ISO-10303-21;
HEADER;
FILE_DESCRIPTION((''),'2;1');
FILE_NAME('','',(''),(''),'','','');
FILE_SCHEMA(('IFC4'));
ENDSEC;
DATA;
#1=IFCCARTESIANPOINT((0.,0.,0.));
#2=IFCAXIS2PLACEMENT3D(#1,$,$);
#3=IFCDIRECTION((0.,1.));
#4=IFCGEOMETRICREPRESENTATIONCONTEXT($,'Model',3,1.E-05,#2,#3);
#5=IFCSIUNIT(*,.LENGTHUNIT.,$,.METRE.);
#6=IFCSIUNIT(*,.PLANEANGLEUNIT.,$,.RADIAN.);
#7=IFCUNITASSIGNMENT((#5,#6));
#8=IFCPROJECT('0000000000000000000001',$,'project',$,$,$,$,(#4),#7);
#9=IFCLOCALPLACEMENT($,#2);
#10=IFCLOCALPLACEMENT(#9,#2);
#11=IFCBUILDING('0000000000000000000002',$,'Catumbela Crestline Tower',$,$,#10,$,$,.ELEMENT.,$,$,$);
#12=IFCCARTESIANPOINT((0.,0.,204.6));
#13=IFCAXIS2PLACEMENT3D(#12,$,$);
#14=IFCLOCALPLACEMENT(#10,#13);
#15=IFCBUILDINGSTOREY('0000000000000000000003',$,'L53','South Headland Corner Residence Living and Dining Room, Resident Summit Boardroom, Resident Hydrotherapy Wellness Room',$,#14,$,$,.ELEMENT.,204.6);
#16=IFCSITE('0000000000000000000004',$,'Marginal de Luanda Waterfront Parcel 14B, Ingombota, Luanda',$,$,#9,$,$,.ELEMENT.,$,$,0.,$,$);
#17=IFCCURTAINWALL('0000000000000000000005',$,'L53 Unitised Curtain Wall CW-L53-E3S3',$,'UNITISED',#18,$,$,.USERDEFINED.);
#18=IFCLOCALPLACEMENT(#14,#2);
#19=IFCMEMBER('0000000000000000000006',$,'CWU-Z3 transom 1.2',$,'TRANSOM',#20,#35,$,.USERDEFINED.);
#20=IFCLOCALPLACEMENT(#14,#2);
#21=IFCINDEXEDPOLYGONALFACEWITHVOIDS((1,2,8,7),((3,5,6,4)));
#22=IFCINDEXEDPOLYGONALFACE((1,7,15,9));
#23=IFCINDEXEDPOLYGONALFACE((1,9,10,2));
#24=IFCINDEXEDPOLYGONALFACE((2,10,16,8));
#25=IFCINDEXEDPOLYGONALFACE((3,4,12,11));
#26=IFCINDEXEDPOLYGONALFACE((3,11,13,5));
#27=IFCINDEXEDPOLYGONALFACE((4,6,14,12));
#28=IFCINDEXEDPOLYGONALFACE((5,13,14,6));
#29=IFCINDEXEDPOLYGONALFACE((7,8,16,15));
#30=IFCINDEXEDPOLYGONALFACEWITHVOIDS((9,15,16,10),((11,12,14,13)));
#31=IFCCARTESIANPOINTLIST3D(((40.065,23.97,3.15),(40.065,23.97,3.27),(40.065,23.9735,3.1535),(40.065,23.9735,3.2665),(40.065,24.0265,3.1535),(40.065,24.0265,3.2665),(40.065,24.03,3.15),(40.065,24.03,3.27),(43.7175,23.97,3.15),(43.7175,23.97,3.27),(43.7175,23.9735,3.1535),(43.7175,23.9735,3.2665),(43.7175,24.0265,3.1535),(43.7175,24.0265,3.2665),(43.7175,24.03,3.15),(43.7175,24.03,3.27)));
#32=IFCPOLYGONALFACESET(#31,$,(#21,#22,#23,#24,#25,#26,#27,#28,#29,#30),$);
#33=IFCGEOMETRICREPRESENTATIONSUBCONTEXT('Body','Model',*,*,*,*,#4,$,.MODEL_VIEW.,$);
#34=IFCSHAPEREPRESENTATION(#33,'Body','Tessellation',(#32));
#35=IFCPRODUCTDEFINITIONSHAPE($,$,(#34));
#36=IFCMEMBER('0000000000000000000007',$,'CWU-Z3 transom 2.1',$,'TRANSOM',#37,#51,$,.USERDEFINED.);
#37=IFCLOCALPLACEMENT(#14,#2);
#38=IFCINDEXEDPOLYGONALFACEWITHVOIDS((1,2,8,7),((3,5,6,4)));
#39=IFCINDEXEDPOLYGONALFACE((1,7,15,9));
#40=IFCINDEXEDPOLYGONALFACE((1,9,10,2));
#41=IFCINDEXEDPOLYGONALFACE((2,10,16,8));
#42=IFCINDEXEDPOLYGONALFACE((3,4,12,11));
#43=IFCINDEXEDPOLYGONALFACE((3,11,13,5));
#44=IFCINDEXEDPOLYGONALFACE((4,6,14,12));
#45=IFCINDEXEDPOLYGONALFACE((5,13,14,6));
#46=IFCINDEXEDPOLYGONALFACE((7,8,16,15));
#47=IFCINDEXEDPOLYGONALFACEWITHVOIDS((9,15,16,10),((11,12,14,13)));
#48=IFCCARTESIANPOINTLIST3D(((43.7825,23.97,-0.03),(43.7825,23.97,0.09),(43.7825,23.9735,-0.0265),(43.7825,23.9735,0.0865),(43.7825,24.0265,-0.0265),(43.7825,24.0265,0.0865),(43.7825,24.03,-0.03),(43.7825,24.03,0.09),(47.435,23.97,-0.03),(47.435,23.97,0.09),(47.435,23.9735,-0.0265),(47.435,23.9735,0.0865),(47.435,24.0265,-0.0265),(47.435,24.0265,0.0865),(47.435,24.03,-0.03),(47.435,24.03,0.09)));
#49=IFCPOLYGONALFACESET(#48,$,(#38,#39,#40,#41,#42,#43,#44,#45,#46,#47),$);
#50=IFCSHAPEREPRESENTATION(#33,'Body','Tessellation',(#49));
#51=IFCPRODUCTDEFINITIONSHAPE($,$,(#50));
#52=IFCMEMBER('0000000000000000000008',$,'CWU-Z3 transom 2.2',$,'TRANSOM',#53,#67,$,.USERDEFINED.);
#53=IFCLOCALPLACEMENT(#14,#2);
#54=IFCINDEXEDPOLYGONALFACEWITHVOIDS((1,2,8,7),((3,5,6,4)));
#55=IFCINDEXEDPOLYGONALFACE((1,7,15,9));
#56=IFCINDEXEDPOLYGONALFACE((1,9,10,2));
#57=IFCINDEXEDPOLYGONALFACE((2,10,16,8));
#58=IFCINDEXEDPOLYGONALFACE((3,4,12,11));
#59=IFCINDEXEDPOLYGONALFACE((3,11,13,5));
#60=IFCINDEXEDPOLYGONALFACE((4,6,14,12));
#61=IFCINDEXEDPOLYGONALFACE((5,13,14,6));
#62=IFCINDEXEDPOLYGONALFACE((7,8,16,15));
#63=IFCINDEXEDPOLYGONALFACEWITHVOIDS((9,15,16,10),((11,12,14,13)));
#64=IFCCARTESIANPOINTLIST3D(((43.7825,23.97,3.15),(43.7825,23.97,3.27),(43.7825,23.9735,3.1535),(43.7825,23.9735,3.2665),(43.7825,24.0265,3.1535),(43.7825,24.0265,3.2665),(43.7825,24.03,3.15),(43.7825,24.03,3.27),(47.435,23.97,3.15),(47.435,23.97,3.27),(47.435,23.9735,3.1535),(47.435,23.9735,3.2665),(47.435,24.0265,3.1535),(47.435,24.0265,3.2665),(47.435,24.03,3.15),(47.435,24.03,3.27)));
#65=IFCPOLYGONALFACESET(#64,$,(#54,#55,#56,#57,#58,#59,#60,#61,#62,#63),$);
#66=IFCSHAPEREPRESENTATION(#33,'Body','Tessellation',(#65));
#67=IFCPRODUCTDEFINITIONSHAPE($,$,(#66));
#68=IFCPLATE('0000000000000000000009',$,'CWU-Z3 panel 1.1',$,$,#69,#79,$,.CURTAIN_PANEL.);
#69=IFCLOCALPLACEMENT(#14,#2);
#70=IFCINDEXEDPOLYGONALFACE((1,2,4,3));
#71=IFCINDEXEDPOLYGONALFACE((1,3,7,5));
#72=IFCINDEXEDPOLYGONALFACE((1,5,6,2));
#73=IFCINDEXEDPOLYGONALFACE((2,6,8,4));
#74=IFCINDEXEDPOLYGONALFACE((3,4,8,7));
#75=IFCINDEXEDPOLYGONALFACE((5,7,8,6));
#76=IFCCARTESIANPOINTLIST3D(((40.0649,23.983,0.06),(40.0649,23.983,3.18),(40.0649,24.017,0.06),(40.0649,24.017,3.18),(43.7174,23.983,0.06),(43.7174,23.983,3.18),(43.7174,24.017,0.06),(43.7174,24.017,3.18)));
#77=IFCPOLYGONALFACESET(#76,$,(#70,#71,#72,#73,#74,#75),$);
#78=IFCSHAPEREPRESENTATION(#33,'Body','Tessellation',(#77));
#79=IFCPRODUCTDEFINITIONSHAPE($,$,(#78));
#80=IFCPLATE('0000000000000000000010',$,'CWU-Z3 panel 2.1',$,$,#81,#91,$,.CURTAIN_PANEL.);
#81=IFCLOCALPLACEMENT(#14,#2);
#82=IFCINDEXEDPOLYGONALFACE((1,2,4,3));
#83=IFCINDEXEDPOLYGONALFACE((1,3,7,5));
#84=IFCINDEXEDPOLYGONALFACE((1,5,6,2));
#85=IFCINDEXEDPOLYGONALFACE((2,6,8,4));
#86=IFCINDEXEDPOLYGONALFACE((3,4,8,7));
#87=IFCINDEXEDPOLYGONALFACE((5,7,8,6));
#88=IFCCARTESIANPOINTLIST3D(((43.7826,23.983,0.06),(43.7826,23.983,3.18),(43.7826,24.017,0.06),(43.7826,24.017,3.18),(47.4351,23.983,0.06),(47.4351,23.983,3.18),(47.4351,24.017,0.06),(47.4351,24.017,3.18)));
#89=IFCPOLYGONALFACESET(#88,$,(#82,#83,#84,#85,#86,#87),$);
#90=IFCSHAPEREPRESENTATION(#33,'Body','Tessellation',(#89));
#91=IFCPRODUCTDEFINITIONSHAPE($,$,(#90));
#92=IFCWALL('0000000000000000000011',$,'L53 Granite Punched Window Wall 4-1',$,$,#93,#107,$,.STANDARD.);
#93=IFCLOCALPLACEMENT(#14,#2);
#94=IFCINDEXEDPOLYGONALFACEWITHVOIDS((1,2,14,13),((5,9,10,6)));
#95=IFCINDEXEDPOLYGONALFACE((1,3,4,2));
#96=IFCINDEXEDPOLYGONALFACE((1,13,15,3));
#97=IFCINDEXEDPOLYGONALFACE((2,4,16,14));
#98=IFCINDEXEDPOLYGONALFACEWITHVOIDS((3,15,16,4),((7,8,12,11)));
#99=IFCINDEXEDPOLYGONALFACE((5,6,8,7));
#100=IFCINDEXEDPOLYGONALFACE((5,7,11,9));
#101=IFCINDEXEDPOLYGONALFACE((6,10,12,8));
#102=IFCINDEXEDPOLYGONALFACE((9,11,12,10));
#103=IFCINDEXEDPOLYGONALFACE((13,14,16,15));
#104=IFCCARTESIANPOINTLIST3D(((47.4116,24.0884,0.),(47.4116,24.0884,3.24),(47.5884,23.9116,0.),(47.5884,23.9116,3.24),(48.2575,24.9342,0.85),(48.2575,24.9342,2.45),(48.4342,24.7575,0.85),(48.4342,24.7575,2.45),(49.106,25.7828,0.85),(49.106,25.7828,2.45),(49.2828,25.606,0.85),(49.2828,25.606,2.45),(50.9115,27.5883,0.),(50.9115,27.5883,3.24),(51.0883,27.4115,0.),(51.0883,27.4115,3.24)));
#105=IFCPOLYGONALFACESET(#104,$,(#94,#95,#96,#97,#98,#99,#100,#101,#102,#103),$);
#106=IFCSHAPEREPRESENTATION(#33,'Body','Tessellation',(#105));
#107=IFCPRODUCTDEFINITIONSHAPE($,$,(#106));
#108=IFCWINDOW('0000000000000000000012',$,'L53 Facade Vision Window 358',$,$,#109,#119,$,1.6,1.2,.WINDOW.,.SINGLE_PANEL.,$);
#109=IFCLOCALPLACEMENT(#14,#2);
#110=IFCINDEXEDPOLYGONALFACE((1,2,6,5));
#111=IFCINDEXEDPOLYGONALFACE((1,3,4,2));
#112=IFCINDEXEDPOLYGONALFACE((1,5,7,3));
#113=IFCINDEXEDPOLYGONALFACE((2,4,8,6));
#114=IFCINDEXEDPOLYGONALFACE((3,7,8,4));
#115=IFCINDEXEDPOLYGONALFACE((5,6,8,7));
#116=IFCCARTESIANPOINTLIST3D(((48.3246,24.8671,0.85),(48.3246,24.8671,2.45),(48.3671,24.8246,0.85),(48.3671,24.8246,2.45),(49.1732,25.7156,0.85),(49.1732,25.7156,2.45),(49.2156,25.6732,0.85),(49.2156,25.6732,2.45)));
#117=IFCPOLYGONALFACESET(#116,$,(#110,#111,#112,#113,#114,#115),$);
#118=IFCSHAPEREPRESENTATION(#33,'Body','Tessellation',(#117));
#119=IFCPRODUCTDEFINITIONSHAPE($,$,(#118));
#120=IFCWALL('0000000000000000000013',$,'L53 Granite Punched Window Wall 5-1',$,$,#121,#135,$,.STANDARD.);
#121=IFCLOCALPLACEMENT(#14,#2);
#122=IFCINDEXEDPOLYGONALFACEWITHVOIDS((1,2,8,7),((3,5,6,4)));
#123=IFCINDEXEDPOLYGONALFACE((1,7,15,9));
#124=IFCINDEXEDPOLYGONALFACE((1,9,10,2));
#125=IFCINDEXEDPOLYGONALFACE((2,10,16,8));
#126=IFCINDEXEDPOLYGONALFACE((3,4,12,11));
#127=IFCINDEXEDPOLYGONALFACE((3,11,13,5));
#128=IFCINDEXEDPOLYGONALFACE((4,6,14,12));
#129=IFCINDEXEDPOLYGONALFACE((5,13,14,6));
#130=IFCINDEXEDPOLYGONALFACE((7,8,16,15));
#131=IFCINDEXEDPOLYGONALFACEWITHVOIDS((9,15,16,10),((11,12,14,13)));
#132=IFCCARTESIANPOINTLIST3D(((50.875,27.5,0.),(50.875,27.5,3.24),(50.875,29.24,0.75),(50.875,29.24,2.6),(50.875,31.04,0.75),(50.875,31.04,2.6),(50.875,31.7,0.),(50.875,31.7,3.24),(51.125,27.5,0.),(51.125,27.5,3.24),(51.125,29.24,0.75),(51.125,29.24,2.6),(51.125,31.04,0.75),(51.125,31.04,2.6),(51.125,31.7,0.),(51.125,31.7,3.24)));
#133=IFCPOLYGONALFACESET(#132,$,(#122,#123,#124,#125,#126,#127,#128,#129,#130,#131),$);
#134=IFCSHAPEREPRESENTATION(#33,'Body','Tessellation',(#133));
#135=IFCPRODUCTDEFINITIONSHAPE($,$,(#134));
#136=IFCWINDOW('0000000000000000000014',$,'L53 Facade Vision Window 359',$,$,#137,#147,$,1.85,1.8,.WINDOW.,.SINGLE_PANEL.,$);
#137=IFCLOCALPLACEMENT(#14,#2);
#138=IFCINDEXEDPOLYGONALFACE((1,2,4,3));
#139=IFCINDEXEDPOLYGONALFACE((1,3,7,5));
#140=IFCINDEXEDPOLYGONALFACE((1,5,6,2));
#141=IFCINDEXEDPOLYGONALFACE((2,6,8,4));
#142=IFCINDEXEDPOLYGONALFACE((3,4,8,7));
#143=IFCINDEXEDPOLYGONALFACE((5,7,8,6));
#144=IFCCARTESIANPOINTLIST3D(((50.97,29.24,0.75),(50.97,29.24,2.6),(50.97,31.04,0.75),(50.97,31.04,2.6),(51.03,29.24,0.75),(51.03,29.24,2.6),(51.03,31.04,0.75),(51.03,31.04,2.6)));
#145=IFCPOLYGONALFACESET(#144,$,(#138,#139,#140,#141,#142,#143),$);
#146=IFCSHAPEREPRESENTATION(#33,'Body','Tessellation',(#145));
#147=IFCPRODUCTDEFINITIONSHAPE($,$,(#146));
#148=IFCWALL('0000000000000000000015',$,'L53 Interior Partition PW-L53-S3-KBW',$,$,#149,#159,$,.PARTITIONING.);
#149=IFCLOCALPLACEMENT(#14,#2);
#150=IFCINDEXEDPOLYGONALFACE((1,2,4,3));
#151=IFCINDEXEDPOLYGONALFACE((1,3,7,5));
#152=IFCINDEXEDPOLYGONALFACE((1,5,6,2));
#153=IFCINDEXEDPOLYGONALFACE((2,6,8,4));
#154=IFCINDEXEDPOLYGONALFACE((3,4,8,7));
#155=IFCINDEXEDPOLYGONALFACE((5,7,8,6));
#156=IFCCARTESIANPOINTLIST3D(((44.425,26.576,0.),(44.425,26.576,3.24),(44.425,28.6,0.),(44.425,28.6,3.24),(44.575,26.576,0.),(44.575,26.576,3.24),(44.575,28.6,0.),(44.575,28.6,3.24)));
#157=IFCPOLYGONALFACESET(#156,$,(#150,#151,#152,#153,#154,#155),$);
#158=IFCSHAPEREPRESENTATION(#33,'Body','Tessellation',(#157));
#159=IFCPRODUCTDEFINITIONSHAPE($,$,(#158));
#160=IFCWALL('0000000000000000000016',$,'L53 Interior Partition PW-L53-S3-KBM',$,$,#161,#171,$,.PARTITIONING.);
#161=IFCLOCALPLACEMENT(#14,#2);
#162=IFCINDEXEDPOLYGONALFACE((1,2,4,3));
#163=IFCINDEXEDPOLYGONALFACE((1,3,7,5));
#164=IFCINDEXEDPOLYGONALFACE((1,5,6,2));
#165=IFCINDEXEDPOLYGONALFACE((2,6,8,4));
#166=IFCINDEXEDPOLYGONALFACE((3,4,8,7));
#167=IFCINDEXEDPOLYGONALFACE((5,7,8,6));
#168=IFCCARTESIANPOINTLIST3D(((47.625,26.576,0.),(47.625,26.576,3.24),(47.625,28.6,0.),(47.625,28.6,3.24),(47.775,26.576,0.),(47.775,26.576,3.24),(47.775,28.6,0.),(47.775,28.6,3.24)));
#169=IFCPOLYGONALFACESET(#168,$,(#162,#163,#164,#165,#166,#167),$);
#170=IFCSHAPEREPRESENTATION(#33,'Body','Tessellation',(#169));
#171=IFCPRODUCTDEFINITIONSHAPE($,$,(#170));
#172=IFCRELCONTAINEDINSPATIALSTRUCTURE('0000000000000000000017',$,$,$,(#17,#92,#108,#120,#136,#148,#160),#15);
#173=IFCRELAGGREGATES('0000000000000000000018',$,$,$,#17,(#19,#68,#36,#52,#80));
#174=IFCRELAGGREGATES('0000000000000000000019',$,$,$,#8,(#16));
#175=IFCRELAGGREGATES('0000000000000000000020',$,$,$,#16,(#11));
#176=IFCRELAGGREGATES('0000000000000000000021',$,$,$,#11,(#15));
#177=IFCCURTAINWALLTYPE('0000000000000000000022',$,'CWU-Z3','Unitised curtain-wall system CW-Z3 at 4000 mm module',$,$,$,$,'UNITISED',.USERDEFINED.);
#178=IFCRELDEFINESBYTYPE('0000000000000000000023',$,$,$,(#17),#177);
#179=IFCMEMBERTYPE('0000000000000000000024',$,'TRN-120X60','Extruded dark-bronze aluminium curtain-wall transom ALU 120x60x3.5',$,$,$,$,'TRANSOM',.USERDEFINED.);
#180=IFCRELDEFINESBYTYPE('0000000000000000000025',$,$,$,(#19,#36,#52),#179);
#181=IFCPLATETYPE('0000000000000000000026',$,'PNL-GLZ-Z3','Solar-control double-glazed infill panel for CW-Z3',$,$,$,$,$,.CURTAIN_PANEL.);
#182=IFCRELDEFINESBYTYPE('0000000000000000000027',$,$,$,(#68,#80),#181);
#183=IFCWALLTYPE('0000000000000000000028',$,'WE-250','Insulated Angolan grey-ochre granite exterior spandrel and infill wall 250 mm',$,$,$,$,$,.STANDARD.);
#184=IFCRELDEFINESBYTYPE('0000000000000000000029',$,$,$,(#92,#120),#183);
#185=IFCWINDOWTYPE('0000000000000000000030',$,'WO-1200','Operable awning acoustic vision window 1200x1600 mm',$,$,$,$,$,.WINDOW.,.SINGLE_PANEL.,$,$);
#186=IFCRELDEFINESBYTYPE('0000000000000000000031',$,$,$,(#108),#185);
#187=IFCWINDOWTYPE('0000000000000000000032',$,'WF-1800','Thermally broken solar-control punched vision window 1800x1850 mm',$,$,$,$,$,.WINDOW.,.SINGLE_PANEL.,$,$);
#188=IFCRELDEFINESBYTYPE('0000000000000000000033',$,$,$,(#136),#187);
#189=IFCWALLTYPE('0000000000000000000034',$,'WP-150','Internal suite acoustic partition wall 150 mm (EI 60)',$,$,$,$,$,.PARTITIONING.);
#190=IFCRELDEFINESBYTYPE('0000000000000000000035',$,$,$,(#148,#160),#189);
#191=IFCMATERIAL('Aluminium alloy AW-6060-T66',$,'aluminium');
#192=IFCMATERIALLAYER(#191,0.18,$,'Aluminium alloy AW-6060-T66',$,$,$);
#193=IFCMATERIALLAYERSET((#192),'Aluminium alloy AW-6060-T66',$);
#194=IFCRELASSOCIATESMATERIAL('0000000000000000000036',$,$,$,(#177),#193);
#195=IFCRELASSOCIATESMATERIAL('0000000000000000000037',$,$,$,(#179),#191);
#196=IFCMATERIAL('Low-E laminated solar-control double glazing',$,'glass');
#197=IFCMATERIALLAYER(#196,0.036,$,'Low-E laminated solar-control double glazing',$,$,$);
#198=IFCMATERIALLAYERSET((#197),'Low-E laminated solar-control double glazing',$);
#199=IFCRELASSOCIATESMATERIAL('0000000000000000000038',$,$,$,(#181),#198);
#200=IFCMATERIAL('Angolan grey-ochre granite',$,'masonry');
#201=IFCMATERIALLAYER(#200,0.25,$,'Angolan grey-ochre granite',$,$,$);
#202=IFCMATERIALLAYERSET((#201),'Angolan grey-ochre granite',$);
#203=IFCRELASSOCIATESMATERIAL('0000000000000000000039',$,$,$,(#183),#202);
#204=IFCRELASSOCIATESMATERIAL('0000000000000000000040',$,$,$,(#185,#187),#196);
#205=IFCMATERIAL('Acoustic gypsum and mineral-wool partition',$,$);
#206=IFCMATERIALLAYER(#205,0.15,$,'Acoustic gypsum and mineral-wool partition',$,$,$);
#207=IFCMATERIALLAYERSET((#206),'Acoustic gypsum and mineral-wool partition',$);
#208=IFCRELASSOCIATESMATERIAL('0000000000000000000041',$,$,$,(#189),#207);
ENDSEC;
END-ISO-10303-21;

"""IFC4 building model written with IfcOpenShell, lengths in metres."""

from ifc_helpers import new_model, si_unit, direction, frame, frame_2d, origin, origin_2d, place, context, subcontext, project, spatial, rectangle, hollow_rectangle, extrude, material, layer, layer_set, material_profile, profile_set, type_object, element, fill, aggregate, save


model = new_model("IFC4")

# Units and contexts
model_context = context("Model", 3, precision=1e-05, world=origin(), true_north=direction((0.0, 1.0)))
body_context = subcontext(model_context, "Body", "Model", "MODEL_VIEW")
ifc_project = project(units=[si_unit("LENGTHUNIT", "METRE"), si_unit("PLANEANGLEUNIT", "RADIAN")], contexts=[model_context])

# Site, building, storey
site_placement = place(None, origin())
site = spatial("IfcSite", under=ifc_project, at=site_placement, Name="Marginal de Luanda Waterfront Parcel 14B, Ingombota, Luanda", CompositionType="ELEMENT", RefElevation=0.0)
building_placement = place(site_placement, origin())
building = spatial("IfcBuilding", under=site, at=building_placement, Name="Catumbela Crestline Tower", CompositionType="ELEMENT")
storey_placement = place(building_placement, frame((0.0, 0.0, 204.6)))
storey = spatial("IfcBuildingStorey", under=building, at=storey_placement, Name="L53", Description="South Headland Corner Residence Living and Dining Room, Resident Summit Boardroom, Resident Hydrotherapy Wellness Room", CompositionType="ELEMENT", Elevation=204.6)

# Curtain wall, members, plates
ifc_material_1 = material(Name="Aluminium alloy AW-6060-T66", Category="aluminium")
ifc_layer_1 = layer(ifc_material_1, 0.18, Name="Aluminium alloy AW-6060-T66")
ifc_layer_set_1 = layer_set([ifc_layer_1], Name="Aluminium alloy AW-6060-T66")
curtain_wall_type = type_object("IfcCurtainWallType", Name="CWU-Z3", Description="Unitised curtain-wall system CW-Z3 at 4000 mm module", ElementType="UNITISED", PredefinedType="USERDEFINED", material=ifc_layer_set_1)
curtain_wall_placement = place(storey_placement, origin())
curtain_wall = element("IfcCurtainWall", 1, at=curtain_wall_placement, inside=storey, type_object=curtain_wall_type, Name="L53 Unitised Curtain Wall CW-L53-E3S3", ObjectType="UNITISED", PredefinedType="USERDEFINED")
ifc_material_profile_1 = material_profile(ifc_material_1, hollow_rectangle(XDim=0.06, YDim=0.12, WallThickness=0.0035, at=origin_2d()), Name="ALU 120x60x3.5")
ifc_profile_set_1 = profile_set([ifc_material_profile_1], Name="Aluminium alloy AW-6060-T66")
member_type_1 = type_object("IfcMemberType", Name="TRN-120X60", Description="Extruded dark-bronze aluminium curtain-wall transom ALU 120x60x3.5", ElementType="TRANSOM", PredefinedType="USERDEFINED", material=ifc_profile_set_1)
member_1_placement = place(storey_placement, frame((40.065, 24.0, 3.21), z_axis=(1.0, 0.0, 0.0), x_axis=(0.0, 1.0, 0.0)))
member_1 = element("IfcMember", 2, at=member_1_placement, type_object=member_type_1, Name="CWU-Z3 transom 1.2", ObjectType="TRANSOM", PredefinedType="USERDEFINED", context=body_context, shape_type="SweptSolid", body=[
    extrude(hollow_rectangle(XDim=0.06, YDim=0.12, WallThickness=0.0035, at=origin_2d()), origin(), (0.0, 0.0, 1.0), 3.6525),
])
member_2_placement = place(storey_placement, frame((43.7825, 24.0, 0.03), z_axis=(1.0, 0.0, 0.0), x_axis=(0.0, 1.0, 0.0)))
member_2 = element("IfcMember", 3, at=member_2_placement, type_object=member_type_1, Name="CWU-Z3 transom 2.1", ObjectType="TRANSOM", PredefinedType="USERDEFINED", context=body_context, shape_type="SweptSolid", body=[
    extrude(hollow_rectangle(XDim=0.06, YDim=0.12, WallThickness=0.0035, at=origin_2d()), origin(), (0.0, 0.0, 1.0), 3.6525),
])
member_3_placement = place(storey_placement, frame((43.7825, 24.0, 3.21), z_axis=(1.0, 0.0, 0.0), x_axis=(0.0, 1.0, 0.0)))
member_3 = element("IfcMember", 4, at=member_3_placement, type_object=member_type_1, Name="CWU-Z3 transom 2.2", ObjectType="TRANSOM", PredefinedType="USERDEFINED", context=body_context, shape_type="SweptSolid", body=[
    extrude(hollow_rectangle(XDim=0.06, YDim=0.12, WallThickness=0.0035, at=origin_2d()), origin(), (0.0, 0.0, 1.0), 3.6525),
])
ifc_material_2 = material(Name="Low-E laminated solar-control double glazing", Category="glass")
ifc_layer_2 = layer(ifc_material_2, 0.036, Name="Low-E laminated solar-control double glazing")
ifc_layer_set_2 = layer_set([ifc_layer_2], Name="Low-E laminated solar-control double glazing")
plate_type = type_object("IfcPlateType", Name="PNL-GLZ-Z3", Description="Solar-control double-glazed infill panel for CW-Z3", PredefinedType="CURTAIN_PANEL", material=ifc_layer_set_2)
plate_1_placement = place(storey_placement, frame((41.8912, 24.0, 0.06), z_axis=(0.0, 0.0, 1.0), x_axis=(1.0, 0.0, 0.0)))
plate_1 = element("IfcPlate", 5, at=plate_1_placement, type_object=plate_type, Name="CWU-Z3 panel 1.1", PredefinedType="CURTAIN_PANEL", context=body_context, shape_type="SweptSolid", body=[
    extrude(rectangle(XDim=3.6525, YDim=0.034, at=origin_2d()), origin(), (0.0, 0.0, 1.0), 3.12),
])
plate_2_placement = place(storey_placement, frame((45.6088, 24.0, 0.06), z_axis=(0.0, 0.0, 1.0), x_axis=(1.0, 0.0, 0.0)))
plate_2 = element("IfcPlate", 6, at=plate_2_placement, type_object=plate_type, Name="CWU-Z3 panel 2.1", PredefinedType="CURTAIN_PANEL", context=body_context, shape_type="SweptSolid", body=[
    extrude(rectangle(XDim=3.6525, YDim=0.034, at=origin_2d()), origin(), (0.0, 0.0, 1.0), 3.12),
])
aggregate(curtain_wall, [member_1, plate_1, member_2, member_3, plate_2])

# Walls, openings, windows
ifc_material_3 = material(Name="Angolan grey-ochre granite", Category="masonry")
ifc_layer_3 = layer(ifc_material_3, 0.25, Name="Angolan grey-ochre granite")
ifc_layer_set_3 = layer_set([ifc_layer_3], Name="Angolan grey-ochre granite")
wall_type_1 = type_object("IfcWallType", Name="WE-250", Description="Insulated Angolan grey-ochre granite exterior spandrel and infill wall 250 mm", PredefinedType="STANDARD", material=ifc_layer_set_3)
wall_1_placement = place(storey_placement, frame((47.5, 24.0, 0.0), z_axis=(0.0, 0.0, 1.0), x_axis=(0.707107, 0.707107, 0.0)))
wall_1 = element("IfcWall", 7, at=wall_1_placement, inside=storey, type_object=wall_type_1, Name="L53 Granite Punched Window Wall 4-1", PredefinedType="STANDARD", context=body_context, shape_type="SweptSolid", body=[
    extrude(rectangle(XDim=4.9497, YDim=0.25, at=frame_2d((2.4748, 0.0))), origin(), (0.0, 0.0, 1.0), 3.24),
])
opening_1_placement = place(wall_1_placement, frame((1.1962, 0.0, 0.85)))
opening_1 = element("IfcOpeningElement", 8, at=opening_1_placement, cuts=wall_1, PredefinedType="OPENING", context=body_context, shape_type="SweptSolid", body=[
    extrude(rectangle(XDim=1.2, YDim=1.6, at=frame_2d((0.6, 0.8))), frame((0.0, 0.135, 0.0), z_axis=(0.0, -1.0, 0.0), x_axis=(1.0, 0.0, 0.0)), (0.0, 0.0, 1.0), 0.27),
])
window_type_1 = type_object("IfcWindowType", Name="WO-1200", Description="Operable awning acoustic vision window 1200x1600 mm", PartitioningType="SINGLE_PANEL", PredefinedType="WINDOW", material=ifc_material_2)
window_1_placement = place(opening_1_placement, origin())
window_1 = element("IfcWindow", 9, at=window_1_placement, inside=storey, type_object=window_type_1, Name="L53 Facade Vision Window 358", OverallHeight=1.6, OverallWidth=1.2, PartitioningType="SINGLE_PANEL", PredefinedType="WINDOW", context=body_context, shape_type="SweptSolid", body=[
    extrude(rectangle(XDim=1.2, YDim=1.6, at=frame_2d((0.6, 0.8))), frame((0.0, 0.03, 0.0), z_axis=(0.0, -1.0, 0.0), x_axis=(1.0, 0.0, 0.0)), (0.0, 0.0, 1.0), 0.06),
])
fill(opening_1, window_1)
wall_2_placement = place(storey_placement, frame((51.0, 27.5, 0.0), z_axis=(0.0, 0.0, 1.0), x_axis=(0.0, 1.0, 0.0)))
wall_2 = element("IfcWall", 10, at=wall_2_placement, inside=storey, type_object=wall_type_1, Name="L53 Granite Punched Window Wall 5-1", PredefinedType="STANDARD", context=body_context, shape_type="SweptSolid", body=[
    extrude(rectangle(XDim=4.2, YDim=0.25, at=frame_2d((2.1, 0.0))), origin(), (0.0, 0.0, 1.0), 3.24),
])
opening_2_placement = place(wall_2_placement, frame((1.74, 0.0, 0.75)))
opening_2 = element("IfcOpeningElement", 11, at=opening_2_placement, cuts=wall_2, PredefinedType="OPENING", context=body_context, shape_type="SweptSolid", body=[
    extrude(rectangle(XDim=1.8, YDim=1.85, at=frame_2d((0.9, 0.925))), frame((0.0, 0.135, 0.0), z_axis=(0.0, -1.0, 0.0), x_axis=(1.0, 0.0, 0.0)), (0.0, 0.0, 1.0), 0.27),
])
window_type_2 = type_object("IfcWindowType", Name="WF-1800", Description="Thermally broken solar-control punched vision window 1800x1850 mm", PartitioningType="SINGLE_PANEL", PredefinedType="WINDOW", material=ifc_material_2)
window_2_placement = place(opening_2_placement, origin())
window_2 = element("IfcWindow", 12, at=window_2_placement, inside=storey, type_object=window_type_2, Name="L53 Facade Vision Window 359", OverallHeight=1.85, OverallWidth=1.8, PartitioningType="SINGLE_PANEL", PredefinedType="WINDOW", context=body_context, shape_type="SweptSolid", body=[
    extrude(rectangle(XDim=1.8, YDim=1.85, at=frame_2d((0.9, 0.925))), frame((0.0, 0.03, 0.0), z_axis=(0.0, -1.0, 0.0), x_axis=(1.0, 0.0, 0.0)), (0.0, 0.0, 1.0), 0.06),
])
fill(opening_2, window_2)

# Walls
ifc_material_4 = material(Name="Acoustic gypsum and mineral-wool partition")
ifc_layer_4 = layer(ifc_material_4, 0.15, Name="Acoustic gypsum and mineral-wool partition")
ifc_layer_set_4 = layer_set([ifc_layer_4], Name="Acoustic gypsum and mineral-wool partition")
wall_type_2 = type_object("IfcWallType", Name="WP-150", Description="Internal suite acoustic partition wall 150 mm (EI 60)", PredefinedType="PARTITIONING", material=ifc_layer_set_4)
for number, where, z_axis, x_axis, name in (
    (13, (44.5, 26.576, 0.0), (0.0, 0.0, 1.0), (0.0, 1.0, 0.0), "L53 Interior Partition PW-L53-S3-KBW"),
    (14, (47.7, 26.576, 0.0), (0.0, 0.0, 1.0), (0.0, 1.0, 0.0), "L53 Interior Partition PW-L53-S3-KBM"),
):
    element("IfcWall", number, at=place(storey_placement, frame(where, z_axis=z_axis, x_axis=x_axis)), inside=storey, type_object=wall_type_2, Name=name, PredefinedType="PARTITIONING", context=body_context, shape_type="SweptSolid", body=[
        extrude(rectangle(XDim=2.024, YDim=0.15, at=frame_2d((1.012, 0.0))), origin(), (0.0, 0.0, 1.0), 3.24),
    ])

save(model, "model.ifc")
